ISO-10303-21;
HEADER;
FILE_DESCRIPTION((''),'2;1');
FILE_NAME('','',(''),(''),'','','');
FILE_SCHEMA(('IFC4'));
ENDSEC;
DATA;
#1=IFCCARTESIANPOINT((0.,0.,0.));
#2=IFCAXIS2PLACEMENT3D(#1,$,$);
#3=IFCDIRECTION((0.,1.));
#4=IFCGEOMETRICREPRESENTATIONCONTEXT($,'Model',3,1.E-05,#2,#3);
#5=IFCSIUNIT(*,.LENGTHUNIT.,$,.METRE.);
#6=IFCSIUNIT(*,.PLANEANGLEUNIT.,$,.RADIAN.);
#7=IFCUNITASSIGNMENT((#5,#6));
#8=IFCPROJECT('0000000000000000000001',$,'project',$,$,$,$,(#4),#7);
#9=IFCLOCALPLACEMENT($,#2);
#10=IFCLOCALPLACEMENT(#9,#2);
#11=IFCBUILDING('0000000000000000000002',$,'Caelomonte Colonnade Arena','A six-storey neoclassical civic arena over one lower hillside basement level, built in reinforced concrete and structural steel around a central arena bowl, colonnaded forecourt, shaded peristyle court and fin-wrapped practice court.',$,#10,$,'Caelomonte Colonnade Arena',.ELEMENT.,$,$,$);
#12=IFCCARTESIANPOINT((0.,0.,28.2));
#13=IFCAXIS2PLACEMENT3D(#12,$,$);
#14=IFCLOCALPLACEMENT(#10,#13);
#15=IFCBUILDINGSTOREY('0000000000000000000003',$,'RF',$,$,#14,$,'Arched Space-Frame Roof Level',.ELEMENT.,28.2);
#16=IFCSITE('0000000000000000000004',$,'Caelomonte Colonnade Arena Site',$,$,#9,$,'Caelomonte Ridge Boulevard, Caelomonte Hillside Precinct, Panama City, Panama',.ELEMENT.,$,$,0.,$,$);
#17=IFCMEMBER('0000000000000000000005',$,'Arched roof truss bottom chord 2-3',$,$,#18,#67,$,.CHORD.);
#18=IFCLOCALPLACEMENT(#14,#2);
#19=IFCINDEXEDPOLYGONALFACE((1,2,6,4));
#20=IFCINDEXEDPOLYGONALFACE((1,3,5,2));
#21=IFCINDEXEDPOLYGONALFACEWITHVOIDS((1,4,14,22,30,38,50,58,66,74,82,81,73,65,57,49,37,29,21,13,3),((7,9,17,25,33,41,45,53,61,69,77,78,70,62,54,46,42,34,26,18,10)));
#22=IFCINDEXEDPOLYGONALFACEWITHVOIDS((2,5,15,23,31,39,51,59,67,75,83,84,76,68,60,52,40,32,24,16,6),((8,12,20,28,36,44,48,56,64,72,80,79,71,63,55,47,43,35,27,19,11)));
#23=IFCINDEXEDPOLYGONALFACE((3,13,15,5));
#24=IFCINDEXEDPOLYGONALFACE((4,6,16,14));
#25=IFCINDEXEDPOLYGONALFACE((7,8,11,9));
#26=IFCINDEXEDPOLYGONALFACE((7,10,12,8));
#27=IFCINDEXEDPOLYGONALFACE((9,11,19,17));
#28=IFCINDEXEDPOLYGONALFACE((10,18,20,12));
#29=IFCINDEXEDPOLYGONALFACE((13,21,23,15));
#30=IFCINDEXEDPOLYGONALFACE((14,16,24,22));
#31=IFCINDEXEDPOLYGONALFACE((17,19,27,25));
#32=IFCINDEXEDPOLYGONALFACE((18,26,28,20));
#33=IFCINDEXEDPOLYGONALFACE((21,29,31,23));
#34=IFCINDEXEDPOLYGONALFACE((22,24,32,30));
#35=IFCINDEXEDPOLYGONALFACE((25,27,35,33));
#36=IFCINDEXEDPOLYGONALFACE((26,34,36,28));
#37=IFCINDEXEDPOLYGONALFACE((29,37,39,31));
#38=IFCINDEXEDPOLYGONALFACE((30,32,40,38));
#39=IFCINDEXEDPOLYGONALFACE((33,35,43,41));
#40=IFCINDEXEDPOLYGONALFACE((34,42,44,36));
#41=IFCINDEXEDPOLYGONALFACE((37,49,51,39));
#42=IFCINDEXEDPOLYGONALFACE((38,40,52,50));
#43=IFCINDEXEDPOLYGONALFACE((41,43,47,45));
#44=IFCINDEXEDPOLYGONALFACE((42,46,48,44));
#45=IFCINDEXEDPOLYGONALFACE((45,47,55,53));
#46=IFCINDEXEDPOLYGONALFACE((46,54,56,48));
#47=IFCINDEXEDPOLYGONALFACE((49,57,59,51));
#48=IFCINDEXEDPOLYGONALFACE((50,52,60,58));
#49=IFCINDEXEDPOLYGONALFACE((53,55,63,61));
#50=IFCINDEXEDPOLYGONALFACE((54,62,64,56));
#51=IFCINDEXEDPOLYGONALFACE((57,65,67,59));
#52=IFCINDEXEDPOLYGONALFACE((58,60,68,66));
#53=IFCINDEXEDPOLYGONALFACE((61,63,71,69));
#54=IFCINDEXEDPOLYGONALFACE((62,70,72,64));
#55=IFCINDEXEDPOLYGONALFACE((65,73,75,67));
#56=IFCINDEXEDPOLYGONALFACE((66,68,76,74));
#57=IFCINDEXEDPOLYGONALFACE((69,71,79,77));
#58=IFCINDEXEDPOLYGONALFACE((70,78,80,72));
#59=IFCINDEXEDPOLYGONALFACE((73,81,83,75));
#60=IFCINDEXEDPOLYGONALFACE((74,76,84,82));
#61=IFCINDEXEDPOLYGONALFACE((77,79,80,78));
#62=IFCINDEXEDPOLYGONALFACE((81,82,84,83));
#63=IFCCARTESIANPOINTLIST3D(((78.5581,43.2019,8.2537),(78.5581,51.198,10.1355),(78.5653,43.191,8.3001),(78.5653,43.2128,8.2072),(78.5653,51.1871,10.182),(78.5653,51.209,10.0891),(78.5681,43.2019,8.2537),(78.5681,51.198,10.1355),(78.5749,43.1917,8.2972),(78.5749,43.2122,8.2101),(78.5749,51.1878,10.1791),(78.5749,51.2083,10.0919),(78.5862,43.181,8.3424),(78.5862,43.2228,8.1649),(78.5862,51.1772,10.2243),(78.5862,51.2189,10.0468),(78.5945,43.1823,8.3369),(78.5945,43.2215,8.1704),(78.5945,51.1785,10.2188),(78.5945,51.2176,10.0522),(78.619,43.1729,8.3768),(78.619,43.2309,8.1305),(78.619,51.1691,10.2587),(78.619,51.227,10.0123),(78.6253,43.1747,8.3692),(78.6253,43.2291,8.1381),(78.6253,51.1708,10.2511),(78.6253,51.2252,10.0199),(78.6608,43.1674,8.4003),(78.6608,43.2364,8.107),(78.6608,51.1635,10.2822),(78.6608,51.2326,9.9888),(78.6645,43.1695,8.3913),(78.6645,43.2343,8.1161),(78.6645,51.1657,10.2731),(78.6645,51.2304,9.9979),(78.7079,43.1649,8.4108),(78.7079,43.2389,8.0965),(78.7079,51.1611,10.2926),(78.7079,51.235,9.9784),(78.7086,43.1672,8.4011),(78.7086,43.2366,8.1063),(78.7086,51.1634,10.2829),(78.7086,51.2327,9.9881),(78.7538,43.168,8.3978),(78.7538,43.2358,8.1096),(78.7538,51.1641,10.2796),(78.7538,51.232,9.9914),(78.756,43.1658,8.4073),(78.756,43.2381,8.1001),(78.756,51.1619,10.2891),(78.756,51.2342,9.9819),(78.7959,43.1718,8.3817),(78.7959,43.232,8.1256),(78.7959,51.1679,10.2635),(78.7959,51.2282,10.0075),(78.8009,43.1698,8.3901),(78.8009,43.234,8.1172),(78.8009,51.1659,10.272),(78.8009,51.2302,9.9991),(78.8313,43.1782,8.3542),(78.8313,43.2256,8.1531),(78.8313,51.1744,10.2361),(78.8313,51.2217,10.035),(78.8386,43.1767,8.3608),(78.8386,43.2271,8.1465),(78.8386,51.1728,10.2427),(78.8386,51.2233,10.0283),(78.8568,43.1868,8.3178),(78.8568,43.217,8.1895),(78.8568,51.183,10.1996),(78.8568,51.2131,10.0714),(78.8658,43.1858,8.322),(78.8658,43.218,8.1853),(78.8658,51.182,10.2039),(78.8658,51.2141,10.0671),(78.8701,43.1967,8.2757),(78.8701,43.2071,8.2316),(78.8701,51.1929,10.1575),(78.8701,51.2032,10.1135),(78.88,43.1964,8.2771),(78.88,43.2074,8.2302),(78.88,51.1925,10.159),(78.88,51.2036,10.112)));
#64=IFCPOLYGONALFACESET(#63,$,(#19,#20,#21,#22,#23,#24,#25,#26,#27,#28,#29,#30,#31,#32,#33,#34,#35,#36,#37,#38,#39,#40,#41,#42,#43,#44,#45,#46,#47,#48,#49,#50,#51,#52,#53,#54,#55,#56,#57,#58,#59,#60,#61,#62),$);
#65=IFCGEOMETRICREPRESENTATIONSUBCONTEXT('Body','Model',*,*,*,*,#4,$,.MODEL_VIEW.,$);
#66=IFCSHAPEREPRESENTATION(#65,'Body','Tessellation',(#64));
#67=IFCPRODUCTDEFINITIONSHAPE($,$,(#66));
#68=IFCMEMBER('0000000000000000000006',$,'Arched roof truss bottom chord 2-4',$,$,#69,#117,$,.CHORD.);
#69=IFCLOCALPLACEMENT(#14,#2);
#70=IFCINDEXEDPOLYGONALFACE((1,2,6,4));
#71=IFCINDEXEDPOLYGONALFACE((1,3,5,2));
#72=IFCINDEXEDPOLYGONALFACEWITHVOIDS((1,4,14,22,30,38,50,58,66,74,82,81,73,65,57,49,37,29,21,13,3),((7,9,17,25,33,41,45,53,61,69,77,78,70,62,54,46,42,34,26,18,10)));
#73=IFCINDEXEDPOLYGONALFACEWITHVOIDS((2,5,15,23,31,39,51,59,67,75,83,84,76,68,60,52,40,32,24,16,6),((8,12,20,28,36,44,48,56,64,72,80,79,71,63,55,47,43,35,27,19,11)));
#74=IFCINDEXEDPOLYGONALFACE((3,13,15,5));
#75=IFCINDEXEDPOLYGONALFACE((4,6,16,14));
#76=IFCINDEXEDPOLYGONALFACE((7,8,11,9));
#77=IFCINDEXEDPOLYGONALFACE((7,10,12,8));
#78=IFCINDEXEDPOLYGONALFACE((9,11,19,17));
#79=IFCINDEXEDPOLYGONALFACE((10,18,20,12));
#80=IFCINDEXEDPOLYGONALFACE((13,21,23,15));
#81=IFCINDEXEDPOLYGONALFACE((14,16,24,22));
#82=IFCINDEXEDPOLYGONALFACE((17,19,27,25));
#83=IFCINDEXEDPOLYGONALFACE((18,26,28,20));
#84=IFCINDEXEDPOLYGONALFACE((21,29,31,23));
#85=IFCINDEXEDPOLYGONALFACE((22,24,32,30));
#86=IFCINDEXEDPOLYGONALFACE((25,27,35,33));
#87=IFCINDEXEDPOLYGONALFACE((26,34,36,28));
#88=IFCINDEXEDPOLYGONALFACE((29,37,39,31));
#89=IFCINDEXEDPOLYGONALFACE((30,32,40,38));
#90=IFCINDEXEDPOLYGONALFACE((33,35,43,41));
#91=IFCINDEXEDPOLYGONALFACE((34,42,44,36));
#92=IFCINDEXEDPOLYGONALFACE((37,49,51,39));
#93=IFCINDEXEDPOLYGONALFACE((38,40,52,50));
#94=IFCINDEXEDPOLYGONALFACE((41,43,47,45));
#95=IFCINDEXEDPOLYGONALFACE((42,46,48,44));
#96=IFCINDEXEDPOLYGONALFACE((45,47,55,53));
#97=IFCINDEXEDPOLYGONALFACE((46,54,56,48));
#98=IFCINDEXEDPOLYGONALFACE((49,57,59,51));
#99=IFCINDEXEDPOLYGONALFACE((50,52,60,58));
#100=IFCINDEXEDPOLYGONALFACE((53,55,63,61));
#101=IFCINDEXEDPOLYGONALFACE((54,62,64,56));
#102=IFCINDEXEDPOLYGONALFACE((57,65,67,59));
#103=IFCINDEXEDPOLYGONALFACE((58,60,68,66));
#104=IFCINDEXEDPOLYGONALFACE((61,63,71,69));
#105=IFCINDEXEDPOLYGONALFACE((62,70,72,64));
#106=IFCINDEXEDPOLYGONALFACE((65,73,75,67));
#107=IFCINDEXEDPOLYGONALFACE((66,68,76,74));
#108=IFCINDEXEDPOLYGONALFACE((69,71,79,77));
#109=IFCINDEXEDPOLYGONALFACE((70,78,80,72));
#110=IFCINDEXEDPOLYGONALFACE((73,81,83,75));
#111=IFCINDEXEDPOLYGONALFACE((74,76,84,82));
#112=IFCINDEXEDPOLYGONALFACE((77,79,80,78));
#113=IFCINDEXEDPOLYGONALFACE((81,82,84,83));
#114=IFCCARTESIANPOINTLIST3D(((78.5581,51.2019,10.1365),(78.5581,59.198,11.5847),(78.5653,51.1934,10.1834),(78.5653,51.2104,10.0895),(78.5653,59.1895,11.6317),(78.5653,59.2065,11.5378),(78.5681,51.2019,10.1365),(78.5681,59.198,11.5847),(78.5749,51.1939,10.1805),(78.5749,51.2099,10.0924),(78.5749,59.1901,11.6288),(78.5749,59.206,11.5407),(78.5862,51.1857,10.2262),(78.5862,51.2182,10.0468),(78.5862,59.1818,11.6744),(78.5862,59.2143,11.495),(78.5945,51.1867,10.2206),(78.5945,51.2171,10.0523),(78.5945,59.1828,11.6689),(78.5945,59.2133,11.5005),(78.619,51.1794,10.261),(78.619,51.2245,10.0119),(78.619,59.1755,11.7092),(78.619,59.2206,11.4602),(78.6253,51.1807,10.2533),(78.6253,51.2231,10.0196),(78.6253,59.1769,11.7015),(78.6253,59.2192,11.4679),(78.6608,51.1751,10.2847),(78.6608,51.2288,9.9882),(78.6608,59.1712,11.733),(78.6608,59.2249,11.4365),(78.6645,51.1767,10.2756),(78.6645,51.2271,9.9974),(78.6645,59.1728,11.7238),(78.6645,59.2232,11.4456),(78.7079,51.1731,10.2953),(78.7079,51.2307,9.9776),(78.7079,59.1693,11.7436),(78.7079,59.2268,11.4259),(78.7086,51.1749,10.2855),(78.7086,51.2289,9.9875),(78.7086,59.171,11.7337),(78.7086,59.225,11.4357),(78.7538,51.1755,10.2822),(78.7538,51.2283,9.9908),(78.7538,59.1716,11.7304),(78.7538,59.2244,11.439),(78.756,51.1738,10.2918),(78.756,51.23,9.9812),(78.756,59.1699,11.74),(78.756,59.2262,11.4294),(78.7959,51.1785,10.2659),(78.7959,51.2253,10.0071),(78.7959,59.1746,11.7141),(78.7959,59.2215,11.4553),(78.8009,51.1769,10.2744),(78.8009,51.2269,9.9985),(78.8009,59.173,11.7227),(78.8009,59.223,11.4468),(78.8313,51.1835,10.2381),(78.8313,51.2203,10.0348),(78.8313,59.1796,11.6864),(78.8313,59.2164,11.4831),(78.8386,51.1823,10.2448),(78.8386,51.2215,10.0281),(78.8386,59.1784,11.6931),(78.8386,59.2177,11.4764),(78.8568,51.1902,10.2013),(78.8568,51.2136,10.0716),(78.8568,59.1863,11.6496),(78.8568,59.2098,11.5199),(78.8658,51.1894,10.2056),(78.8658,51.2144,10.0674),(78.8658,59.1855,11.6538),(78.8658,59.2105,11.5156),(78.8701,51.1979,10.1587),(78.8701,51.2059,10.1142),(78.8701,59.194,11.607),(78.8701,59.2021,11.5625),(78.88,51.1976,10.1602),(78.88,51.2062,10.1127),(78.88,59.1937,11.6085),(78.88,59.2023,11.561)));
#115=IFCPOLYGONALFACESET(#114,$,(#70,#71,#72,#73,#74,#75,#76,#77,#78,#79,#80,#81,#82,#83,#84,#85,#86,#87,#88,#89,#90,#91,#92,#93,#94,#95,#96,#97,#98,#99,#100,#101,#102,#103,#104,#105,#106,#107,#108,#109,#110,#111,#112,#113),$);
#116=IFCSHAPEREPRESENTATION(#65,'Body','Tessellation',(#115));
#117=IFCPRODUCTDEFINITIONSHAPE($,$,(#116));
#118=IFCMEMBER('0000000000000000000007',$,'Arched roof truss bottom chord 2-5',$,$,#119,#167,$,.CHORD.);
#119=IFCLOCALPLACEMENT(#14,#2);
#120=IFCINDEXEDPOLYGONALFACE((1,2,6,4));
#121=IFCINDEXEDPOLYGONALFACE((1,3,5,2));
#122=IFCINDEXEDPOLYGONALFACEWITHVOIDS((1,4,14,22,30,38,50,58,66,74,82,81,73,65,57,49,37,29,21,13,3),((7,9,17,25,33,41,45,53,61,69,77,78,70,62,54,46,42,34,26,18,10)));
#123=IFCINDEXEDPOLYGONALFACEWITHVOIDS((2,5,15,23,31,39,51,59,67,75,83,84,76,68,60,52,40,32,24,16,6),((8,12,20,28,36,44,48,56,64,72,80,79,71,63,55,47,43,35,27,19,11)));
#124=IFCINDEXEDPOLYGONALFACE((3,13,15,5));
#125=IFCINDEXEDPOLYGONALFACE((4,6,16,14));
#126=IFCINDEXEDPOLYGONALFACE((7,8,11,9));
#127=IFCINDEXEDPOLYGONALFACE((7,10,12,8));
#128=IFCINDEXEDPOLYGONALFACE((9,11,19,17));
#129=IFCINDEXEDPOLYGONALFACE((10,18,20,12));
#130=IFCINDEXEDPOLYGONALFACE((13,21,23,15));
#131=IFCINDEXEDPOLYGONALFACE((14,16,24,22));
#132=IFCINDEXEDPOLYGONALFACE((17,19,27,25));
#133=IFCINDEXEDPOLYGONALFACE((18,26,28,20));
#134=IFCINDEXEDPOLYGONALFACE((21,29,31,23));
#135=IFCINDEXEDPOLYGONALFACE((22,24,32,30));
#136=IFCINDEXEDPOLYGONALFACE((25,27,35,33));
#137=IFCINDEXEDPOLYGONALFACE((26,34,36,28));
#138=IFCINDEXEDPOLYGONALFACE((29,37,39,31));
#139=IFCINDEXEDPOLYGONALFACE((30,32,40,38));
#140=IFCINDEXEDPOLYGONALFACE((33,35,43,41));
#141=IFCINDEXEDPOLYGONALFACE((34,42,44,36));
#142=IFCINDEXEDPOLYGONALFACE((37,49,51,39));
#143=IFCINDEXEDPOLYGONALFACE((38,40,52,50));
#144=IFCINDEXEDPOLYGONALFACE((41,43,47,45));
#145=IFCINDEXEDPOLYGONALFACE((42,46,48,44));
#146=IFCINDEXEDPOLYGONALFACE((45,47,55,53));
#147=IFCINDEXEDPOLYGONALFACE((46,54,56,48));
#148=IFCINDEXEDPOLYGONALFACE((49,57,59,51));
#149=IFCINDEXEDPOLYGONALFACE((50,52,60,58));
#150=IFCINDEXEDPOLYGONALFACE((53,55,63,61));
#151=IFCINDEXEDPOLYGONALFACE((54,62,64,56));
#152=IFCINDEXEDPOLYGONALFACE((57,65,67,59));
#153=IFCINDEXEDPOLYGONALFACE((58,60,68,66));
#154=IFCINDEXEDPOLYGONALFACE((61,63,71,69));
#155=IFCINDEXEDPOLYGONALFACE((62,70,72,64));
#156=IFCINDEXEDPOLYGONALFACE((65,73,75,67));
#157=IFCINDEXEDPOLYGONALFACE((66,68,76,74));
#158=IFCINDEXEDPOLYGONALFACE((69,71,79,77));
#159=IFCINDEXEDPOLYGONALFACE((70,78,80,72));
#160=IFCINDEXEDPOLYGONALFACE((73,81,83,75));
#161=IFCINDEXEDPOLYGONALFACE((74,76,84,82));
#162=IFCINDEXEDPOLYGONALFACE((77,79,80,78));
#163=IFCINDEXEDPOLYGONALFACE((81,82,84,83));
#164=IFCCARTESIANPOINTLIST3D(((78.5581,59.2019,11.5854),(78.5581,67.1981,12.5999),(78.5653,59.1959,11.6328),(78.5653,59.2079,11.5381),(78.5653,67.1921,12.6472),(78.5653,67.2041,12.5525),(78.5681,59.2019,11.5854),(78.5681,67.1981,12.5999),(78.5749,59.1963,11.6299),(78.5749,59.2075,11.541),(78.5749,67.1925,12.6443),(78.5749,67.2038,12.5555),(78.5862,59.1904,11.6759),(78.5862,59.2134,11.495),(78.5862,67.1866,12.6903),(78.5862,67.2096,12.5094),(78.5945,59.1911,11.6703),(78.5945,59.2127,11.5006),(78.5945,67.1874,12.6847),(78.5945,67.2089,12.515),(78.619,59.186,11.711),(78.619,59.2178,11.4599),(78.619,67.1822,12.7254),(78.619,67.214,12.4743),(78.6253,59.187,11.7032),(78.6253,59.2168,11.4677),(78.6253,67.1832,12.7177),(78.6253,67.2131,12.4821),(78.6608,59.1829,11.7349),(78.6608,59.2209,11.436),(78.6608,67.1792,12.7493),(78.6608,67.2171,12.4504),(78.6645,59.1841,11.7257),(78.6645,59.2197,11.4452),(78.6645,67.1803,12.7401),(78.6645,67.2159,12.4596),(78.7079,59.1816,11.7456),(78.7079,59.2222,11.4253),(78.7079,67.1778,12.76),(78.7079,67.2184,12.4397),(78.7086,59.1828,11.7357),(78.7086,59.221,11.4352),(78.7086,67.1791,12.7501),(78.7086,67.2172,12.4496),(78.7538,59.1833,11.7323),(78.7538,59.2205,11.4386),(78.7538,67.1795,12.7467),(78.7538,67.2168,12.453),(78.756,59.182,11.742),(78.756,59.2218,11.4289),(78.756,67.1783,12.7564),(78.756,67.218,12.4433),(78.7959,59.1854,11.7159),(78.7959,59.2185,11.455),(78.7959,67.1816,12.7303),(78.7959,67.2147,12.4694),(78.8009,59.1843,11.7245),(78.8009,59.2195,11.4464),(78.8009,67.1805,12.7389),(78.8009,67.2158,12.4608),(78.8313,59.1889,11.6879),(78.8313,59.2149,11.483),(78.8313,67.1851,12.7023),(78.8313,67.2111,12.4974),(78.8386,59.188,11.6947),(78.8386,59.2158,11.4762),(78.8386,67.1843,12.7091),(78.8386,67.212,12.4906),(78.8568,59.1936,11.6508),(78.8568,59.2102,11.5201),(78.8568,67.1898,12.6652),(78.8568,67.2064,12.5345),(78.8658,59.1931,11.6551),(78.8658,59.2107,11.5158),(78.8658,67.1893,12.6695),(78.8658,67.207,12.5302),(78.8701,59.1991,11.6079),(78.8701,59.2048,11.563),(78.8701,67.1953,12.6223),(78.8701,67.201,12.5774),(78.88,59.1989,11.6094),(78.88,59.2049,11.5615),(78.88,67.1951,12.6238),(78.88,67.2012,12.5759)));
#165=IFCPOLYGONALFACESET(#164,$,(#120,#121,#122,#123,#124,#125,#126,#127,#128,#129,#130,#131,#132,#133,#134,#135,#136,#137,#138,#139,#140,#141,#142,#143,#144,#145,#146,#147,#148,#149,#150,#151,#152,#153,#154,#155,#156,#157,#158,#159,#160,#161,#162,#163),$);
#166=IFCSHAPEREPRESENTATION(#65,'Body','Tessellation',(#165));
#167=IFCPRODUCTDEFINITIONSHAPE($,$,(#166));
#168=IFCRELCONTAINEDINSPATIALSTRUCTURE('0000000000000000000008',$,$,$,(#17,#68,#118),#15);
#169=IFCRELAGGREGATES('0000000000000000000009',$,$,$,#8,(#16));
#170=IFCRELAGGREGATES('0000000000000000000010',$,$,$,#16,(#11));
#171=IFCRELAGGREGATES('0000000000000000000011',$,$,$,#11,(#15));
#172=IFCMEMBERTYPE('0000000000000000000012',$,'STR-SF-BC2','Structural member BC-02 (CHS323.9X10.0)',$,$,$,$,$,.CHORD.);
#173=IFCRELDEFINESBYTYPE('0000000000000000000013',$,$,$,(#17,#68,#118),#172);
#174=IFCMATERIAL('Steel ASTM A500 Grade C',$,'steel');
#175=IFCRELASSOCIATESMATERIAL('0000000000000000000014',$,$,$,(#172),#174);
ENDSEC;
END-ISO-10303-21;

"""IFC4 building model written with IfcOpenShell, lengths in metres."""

from ifc_helpers import new_model, si_unit, direction, frame, origin, origin_2d, place, context, subcontext, project, spatial, hollow_circle, extrude, material, material_profile, profile_set, type_object, element, save


model = new_model("IFC4")

# Units and contexts
model_context = context("Model", 3, precision=1e-05, world=origin(), true_north=direction((0.0, 1.0)))
body_context = subcontext(model_context, "Body", "Model", "MODEL_VIEW")
ifc_project = project(units=[si_unit("LENGTHUNIT", "METRE"), si_unit("PLANEANGLEUNIT", "RADIAN")], contexts=[model_context])

# Site, building, storey
site_placement = place(None, origin())
site = spatial("IfcSite", under=ifc_project, at=site_placement, Name="Caelomonte Colonnade Arena Site", LongName="Caelomonte Ridge Boulevard, Caelomonte Hillside Precinct, Panama City, Panama", CompositionType="ELEMENT", RefElevation=0.0)
building_placement = place(site_placement, origin())
building = spatial("IfcBuilding", under=site, at=building_placement, Name="Caelomonte Colonnade Arena", Description="A six-storey neoclassical civic arena over one lower hillside basement level, built in reinforced concrete and structural steel around a central arena bowl, colonnaded forecourt, shaded peristyle court and fin-wrapped practice court.", LongName="Caelomonte Colonnade Arena", CompositionType="ELEMENT")
storey_placement = place(building_placement, frame((0.0, 0.0, 28.2)))
storey = spatial("IfcBuildingStorey", under=building, at=storey_placement, Name="RF", LongName="Arched Space-Frame Roof Level", CompositionType="ELEMENT", Elevation=28.2)

# Members
ifc_material_1 = material(Name="Steel ASTM A500 Grade C", Category="steel")
ifc_material_profile_1 = material_profile(ifc_material_1, hollow_circle(Radius=0.1619, WallThickness=0.01, at=origin_2d()), Name="CHS323.9X10.0")
ifc_profile_set_1 = profile_set([ifc_material_profile_1], Name="Steel ASTM A500 Grade C")
member_type_1 = type_object("IfcMemberType", Name="STR-SF-BC2", Description="Structural member BC-02 (CHS323.9X10.0)", PredefinedType="CHORD", material=ifc_profile_set_1)
member_1_placement = place(storey_placement, frame((78.72, 43.2019, 8.2537), z_axis=(0.0, 0.973406, 0.229086), x_axis=(-1.0, 0.0, 0.0)))
element("IfcMember", 1, at=member_1_placement, inside=storey, type_object=member_type_1, Name="Arched roof truss bottom chord 2-3", PredefinedType="CHORD", context=body_context, shape_type="SweptSolid", body=[
    extrude(hollow_circle(Radius=0.1619, WallThickness=0.01, at=origin_2d()), origin(), (0.0, 0.0, 1.0), 8.2146),
])
member_2_placement = place(storey_placement, frame((78.72, 51.2019, 10.1365), z_axis=(0.0, 0.983991, 0.178219), x_axis=(-1.0, 0.0, 0.0)))
element("IfcMember", 2, at=member_2_placement, inside=storey, type_object=member_type_1, Name="Arched roof truss bottom chord 2-4", PredefinedType="CHORD", context=body_context, shape_type="SweptSolid", body=[
    extrude(hollow_circle(Radius=0.1619, WallThickness=0.01, at=origin_2d()), origin(), (0.0, 0.0, 1.0), 8.1262),
])
member_3_placement = place(storey_placement, frame((78.72, 59.2019, 11.5854), z_axis=(0.0, 0.992049, 0.125854), x_axis=(-1.0, 0.0, 0.0)))
element("IfcMember", 3, at=member_3_placement, inside=storey, type_object=member_type_1, Name="Arched roof truss bottom chord 2-5", PredefinedType="CHORD", context=body_context, shape_type="SweptSolid", body=[
    extrude(hollow_circle(Radius=0.1619, WallThickness=0.01, at=origin_2d()), origin(), (0.0, 0.0, 1.0), 8.0603),
])

save(model, "model.ifc")
